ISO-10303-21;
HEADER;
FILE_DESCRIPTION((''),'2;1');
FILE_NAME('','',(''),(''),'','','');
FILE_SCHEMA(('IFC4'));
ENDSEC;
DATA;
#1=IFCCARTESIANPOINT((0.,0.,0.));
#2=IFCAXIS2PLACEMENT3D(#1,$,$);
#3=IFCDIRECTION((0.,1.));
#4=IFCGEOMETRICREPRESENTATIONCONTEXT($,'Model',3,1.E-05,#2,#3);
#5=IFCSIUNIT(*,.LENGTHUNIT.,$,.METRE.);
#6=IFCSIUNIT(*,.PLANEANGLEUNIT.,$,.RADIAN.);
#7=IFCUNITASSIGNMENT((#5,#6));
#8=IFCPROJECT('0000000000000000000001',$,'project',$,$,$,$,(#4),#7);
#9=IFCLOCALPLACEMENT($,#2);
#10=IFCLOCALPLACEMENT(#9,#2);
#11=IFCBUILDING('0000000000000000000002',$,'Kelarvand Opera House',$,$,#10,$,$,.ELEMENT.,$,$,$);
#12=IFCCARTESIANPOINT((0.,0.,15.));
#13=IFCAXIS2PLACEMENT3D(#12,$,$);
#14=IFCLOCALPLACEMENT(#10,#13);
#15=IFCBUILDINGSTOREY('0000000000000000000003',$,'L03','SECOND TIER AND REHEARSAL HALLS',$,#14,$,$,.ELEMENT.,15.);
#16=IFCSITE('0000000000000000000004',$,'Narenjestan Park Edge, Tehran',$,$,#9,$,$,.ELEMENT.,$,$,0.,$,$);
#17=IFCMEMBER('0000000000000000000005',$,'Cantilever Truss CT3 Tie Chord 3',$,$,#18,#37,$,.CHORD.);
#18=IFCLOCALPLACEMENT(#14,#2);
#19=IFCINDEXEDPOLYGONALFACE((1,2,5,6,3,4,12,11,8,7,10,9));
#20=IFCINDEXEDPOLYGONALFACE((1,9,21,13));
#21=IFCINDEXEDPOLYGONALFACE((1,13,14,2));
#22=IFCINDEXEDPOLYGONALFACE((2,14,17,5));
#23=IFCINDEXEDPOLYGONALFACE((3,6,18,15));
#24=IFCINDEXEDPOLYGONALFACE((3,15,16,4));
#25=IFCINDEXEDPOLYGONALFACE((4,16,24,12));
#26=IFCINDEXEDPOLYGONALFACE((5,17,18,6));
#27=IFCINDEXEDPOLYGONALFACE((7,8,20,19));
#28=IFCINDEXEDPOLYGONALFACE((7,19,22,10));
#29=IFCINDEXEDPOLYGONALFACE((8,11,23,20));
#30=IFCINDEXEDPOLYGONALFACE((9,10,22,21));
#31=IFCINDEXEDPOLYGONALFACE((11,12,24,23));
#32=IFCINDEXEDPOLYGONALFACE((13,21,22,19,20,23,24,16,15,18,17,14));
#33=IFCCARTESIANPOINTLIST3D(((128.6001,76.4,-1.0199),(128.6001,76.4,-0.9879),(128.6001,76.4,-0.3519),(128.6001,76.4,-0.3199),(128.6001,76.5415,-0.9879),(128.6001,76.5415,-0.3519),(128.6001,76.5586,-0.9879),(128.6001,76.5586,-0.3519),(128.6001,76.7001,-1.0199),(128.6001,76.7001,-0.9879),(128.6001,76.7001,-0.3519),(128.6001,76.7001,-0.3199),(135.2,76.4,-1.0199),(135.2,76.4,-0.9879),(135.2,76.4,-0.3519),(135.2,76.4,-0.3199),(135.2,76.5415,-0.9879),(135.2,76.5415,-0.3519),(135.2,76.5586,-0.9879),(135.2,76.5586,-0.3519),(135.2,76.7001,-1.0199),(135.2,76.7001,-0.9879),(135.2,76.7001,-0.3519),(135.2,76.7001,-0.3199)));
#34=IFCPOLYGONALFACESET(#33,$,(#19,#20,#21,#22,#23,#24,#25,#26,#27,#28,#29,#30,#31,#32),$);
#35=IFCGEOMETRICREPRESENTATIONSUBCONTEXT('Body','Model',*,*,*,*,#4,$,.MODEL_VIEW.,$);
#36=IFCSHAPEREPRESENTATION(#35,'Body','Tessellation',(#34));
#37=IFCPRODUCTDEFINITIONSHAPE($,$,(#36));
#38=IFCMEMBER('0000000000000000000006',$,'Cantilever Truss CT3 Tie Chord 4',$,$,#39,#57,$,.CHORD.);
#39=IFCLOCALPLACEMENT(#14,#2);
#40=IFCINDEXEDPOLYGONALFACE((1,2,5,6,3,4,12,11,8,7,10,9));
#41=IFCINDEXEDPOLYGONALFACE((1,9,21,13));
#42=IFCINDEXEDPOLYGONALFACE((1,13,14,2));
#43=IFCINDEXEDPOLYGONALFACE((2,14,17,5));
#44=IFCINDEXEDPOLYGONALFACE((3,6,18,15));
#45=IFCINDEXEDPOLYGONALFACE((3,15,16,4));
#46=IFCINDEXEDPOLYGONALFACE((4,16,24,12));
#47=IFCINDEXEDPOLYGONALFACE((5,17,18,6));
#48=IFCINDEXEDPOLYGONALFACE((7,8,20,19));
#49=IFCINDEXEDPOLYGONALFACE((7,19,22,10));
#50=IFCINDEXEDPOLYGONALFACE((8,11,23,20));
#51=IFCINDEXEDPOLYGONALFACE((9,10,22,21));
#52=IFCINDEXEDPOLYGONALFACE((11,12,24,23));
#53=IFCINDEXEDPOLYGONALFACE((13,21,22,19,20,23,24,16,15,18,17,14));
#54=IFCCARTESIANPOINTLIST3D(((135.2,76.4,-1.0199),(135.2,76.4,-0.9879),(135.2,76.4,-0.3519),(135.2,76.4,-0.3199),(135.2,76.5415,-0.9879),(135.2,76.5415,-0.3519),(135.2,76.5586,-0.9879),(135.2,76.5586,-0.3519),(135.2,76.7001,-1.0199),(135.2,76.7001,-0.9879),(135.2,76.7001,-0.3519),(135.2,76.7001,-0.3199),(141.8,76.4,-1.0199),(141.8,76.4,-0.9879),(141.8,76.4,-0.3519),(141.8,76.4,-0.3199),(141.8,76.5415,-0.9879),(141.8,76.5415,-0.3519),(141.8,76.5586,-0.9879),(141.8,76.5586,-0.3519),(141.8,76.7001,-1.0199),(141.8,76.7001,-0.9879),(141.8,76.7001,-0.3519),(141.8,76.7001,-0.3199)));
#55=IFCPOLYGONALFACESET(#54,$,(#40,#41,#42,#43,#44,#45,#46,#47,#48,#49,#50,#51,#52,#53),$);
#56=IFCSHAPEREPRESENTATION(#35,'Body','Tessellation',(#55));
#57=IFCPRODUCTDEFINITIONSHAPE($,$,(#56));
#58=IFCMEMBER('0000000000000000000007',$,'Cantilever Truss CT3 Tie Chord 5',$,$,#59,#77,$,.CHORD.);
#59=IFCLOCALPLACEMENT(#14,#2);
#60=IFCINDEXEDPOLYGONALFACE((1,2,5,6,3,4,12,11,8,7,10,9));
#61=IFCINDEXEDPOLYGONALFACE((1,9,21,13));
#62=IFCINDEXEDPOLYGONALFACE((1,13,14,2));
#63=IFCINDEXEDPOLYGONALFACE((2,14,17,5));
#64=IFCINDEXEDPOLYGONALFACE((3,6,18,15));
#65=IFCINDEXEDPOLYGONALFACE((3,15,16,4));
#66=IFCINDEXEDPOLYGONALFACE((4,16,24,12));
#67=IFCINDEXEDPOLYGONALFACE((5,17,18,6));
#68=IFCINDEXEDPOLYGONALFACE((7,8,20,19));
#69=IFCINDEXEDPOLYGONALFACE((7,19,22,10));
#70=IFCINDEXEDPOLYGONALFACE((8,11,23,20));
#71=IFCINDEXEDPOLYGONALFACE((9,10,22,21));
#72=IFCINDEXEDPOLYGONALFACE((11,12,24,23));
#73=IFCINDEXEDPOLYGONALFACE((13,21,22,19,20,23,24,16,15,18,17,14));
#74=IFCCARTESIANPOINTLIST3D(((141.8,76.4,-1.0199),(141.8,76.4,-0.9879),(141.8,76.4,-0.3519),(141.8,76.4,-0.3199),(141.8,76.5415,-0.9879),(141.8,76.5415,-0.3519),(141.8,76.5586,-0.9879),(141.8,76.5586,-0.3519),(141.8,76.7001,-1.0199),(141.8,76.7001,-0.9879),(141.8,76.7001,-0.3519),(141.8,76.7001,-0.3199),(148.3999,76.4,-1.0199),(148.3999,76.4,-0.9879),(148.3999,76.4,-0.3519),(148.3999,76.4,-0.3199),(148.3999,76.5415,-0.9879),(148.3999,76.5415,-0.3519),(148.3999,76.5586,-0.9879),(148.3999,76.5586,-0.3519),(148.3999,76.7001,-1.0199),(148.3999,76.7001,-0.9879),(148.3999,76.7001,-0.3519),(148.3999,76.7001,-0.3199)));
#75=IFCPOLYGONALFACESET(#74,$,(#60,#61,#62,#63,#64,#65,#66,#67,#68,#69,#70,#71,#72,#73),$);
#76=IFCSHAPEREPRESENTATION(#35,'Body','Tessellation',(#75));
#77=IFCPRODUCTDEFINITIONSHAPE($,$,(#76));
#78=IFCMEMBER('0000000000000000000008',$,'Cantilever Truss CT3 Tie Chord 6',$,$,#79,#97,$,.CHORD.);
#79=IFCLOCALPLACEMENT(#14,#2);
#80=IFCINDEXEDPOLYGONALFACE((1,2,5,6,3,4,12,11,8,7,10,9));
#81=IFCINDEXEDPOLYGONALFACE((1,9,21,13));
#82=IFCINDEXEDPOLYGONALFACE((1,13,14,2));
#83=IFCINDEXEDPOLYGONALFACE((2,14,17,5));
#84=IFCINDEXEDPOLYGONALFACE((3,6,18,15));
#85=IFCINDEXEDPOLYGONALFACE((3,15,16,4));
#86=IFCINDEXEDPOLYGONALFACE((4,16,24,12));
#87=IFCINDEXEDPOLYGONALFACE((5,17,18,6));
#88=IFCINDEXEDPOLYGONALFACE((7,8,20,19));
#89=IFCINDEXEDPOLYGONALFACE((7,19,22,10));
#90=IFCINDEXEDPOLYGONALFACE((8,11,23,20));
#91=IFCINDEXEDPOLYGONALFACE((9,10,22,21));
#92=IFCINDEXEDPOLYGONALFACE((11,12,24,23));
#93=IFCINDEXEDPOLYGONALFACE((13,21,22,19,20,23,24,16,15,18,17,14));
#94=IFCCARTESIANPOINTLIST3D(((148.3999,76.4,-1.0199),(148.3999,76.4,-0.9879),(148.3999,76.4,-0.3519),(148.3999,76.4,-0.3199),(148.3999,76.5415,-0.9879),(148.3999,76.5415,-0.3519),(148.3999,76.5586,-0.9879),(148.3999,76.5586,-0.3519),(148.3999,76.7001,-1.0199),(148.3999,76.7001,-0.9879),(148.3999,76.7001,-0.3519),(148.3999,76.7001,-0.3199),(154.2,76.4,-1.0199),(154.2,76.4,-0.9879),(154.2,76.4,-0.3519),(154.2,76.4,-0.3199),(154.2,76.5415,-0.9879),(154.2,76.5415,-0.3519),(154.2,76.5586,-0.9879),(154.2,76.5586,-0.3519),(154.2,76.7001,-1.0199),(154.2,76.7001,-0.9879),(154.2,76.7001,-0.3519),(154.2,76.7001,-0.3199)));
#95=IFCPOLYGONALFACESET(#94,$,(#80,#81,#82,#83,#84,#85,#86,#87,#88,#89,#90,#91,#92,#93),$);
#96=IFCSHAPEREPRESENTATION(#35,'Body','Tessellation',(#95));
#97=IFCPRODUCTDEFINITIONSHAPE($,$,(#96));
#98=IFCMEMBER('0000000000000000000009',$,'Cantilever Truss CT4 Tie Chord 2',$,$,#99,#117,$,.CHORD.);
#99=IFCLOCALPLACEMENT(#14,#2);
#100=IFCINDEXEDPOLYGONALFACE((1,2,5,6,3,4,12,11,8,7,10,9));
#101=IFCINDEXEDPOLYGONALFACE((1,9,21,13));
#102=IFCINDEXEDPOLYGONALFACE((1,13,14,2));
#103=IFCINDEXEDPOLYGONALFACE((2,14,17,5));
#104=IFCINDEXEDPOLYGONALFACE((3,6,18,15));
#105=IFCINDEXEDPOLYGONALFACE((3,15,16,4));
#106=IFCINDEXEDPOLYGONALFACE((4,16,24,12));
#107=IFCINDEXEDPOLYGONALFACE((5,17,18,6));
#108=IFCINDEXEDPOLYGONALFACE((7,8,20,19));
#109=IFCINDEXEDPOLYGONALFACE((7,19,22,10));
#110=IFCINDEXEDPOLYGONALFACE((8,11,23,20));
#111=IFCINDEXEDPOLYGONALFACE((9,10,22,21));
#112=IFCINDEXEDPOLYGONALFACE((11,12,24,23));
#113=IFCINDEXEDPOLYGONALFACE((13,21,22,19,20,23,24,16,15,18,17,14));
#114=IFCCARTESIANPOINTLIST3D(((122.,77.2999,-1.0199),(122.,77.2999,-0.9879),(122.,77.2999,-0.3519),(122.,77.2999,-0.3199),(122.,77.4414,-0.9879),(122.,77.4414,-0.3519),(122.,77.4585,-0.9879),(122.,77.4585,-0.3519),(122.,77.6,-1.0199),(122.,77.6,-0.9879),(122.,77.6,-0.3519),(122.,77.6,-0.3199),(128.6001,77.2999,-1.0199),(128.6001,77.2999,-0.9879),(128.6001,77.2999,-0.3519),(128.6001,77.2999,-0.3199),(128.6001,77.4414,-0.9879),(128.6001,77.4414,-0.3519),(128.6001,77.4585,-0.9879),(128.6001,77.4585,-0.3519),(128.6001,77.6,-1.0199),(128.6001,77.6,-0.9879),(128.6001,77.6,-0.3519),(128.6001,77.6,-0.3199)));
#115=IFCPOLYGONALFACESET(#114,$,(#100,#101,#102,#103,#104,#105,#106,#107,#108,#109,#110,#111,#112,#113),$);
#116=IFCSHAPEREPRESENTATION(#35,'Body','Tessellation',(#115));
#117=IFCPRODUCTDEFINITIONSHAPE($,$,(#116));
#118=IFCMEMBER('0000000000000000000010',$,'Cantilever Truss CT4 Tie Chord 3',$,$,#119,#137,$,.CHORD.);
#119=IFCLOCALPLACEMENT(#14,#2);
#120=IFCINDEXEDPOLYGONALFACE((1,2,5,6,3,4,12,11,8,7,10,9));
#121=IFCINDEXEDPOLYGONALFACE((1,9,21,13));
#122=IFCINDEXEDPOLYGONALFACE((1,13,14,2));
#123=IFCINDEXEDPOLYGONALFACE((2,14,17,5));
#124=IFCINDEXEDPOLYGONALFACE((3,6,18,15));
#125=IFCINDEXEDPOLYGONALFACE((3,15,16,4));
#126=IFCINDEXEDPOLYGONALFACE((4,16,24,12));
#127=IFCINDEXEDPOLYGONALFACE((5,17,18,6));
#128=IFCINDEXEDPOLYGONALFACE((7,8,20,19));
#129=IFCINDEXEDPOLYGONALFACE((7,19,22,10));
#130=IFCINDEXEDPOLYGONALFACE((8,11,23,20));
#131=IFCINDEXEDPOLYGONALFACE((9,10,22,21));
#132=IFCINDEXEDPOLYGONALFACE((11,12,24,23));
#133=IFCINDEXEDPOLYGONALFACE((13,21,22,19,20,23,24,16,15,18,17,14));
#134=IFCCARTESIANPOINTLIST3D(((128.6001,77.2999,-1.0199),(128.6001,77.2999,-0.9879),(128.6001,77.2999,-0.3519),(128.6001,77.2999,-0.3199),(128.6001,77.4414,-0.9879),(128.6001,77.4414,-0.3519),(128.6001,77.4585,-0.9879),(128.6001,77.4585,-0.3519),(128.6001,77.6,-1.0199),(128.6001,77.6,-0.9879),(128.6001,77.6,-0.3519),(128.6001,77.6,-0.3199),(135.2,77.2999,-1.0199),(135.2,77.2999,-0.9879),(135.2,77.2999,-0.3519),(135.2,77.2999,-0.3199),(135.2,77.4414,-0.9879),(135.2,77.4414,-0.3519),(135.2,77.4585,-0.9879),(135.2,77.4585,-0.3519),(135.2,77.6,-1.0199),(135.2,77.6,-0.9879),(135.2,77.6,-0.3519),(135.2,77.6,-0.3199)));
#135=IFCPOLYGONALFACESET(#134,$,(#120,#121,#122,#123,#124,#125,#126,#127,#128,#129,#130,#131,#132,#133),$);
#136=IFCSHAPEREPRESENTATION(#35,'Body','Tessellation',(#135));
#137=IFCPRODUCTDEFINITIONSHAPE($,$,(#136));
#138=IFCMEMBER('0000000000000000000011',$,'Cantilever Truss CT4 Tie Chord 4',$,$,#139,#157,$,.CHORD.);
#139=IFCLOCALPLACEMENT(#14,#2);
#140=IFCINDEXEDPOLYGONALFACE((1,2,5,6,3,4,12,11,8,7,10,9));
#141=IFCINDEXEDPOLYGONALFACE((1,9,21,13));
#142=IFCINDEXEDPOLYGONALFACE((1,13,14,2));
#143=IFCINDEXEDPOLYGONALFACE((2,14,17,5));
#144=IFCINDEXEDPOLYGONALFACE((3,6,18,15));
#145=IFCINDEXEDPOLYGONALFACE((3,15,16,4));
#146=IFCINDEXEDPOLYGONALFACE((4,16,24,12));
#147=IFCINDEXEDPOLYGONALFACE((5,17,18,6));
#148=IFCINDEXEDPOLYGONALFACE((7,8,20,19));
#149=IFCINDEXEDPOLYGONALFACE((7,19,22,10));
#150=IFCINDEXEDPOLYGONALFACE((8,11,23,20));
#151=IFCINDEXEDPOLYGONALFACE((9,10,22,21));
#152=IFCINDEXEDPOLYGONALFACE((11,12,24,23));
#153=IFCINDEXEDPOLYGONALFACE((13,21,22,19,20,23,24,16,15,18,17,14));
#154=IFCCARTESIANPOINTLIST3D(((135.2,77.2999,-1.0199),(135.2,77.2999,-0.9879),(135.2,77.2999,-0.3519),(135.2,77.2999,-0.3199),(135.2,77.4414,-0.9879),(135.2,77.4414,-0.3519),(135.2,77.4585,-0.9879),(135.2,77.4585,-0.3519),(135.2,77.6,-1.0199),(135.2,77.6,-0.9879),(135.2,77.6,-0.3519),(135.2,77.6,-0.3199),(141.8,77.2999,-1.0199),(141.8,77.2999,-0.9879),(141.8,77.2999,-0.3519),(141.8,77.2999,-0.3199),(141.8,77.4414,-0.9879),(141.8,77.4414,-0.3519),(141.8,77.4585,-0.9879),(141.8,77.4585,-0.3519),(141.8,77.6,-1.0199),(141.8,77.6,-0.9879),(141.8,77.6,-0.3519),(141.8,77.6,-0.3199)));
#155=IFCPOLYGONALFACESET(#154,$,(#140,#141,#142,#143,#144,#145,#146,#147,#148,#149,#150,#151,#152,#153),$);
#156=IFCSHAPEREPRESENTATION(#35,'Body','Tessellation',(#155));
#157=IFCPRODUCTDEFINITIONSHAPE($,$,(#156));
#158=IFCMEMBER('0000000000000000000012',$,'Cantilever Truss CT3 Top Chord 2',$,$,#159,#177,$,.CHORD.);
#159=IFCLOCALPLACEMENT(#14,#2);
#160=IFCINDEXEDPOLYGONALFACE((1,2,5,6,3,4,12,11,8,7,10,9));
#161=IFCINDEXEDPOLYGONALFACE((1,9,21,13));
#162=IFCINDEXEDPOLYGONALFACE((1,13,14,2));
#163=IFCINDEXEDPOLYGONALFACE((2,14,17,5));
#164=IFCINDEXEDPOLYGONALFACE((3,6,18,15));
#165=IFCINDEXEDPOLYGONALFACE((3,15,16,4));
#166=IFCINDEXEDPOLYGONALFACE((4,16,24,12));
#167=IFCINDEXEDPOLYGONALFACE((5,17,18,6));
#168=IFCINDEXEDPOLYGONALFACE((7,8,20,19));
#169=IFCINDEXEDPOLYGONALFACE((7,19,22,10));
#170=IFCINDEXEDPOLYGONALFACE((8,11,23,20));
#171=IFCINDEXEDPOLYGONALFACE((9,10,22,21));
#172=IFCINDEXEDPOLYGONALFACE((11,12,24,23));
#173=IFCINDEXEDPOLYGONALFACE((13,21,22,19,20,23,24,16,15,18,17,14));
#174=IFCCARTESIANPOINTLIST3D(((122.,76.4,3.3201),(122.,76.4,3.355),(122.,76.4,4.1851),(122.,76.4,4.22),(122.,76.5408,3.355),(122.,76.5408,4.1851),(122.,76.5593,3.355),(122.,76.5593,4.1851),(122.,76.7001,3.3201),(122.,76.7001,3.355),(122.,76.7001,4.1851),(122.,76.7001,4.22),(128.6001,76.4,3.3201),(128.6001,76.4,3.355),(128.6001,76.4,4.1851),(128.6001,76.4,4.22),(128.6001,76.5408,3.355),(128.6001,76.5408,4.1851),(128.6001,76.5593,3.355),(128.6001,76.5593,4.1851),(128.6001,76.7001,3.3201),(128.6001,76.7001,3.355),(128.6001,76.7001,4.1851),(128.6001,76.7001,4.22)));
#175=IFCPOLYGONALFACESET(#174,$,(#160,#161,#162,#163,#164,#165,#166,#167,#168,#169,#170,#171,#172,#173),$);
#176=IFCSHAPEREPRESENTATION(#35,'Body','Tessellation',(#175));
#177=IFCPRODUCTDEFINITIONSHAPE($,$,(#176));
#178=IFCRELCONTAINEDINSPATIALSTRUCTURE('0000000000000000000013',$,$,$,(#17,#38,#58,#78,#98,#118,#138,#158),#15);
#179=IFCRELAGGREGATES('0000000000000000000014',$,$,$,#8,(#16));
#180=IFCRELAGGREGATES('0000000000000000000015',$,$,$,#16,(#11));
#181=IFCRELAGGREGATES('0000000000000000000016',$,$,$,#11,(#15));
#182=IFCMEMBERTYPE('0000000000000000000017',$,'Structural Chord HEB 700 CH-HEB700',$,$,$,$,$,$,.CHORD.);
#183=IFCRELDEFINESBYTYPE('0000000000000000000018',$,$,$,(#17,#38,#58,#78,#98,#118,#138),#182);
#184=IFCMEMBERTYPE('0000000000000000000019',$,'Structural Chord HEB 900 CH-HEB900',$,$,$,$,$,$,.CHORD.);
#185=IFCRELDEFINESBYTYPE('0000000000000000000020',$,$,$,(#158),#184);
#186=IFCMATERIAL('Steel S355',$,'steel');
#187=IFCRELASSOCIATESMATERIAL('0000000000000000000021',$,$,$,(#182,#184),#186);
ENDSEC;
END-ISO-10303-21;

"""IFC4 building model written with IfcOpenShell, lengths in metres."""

from ifc_helpers import new_model, si_unit, direction, frame, origin, origin_2d, place, context, subcontext, project, spatial, i_section, extrude, material, material_profile, profile_set, type_object, element, save


model = new_model("IFC4")

# Units and contexts
model_context = context("Model", 3, precision=1e-05, world=origin(), true_north=direction((0.0, 1.0)))
body_context = subcontext(model_context, "Body", "Model", "MODEL_VIEW")
ifc_project = project(units=[si_unit("LENGTHUNIT", "METRE"), si_unit("PLANEANGLEUNIT", "RADIAN")], contexts=[model_context])

# Site, building, storey
site_placement = place(None, origin())
site = spatial("IfcSite", under=ifc_project, at=site_placement, Name="Narenjestan Park Edge, Tehran", CompositionType="ELEMENT", RefElevation=0.0)
building_placement = place(site_placement, origin())
building = spatial("IfcBuilding", under=site, at=building_placement, Name="Kelarvand Opera House", CompositionType="ELEMENT")
storey_placement = place(building_placement, frame((0.0, 0.0, 15.0)))
storey = spatial("IfcBuildingStorey", under=building, at=storey_placement, Name="L03", Description="SECOND TIER AND REHEARSAL HALLS", CompositionType="ELEMENT", Elevation=15.0)

# Members
ifc_material = material(Name="Steel S355", Category="steel")
ifc_material_profile_1 = material_profile(ifc_material, i_section(OverallWidth=0.3, OverallDepth=0.7, WebThickness=0.0171, FlangeThickness=0.032, at=origin_2d()), Name="HEB 700", Category="steel")
ifc_profile_set_1 = profile_set([ifc_material_profile_1], Name="Steel S355")
member_type_1 = type_object("IfcMemberType", Name="Structural Chord HEB 700 CH-HEB700", PredefinedType="CHORD", material=ifc_profile_set_1)
member_1_placement = place(storey_placement, frame((128.6001, 76.55, -0.6699), z_axis=(1.0, 0.0, 0.0), x_axis=(0.0, 1.0, 0.0)))
element("IfcMember", 1, at=member_1_placement, inside=storey, type_object=member_type_1, Name="Cantilever Truss CT3 Tie Chord 3", PredefinedType="CHORD", context=body_context, shape_type="SweptSolid", body=[
    extrude(i_section(OverallWidth=0.3, OverallDepth=0.7, WebThickness=0.0171, FlangeThickness=0.032, at=origin_2d()), origin(), (0.0, 0.0, 1.0), 6.5999),
])
member_2_placement = place(storey_placement, frame((135.2, 76.55, -0.6699), z_axis=(1.0, 0.0, 0.0), x_axis=(0.0, 1.0, 0.0)))
element("IfcMember", 2, at=member_2_placement, inside=storey, type_object=member_type_1, Name="Cantilever Truss CT3 Tie Chord 4", PredefinedType="CHORD", context=body_context, shape_type="SweptSolid", body=[
    extrude(i_section(OverallWidth=0.3, OverallDepth=0.7, WebThickness=0.0171, FlangeThickness=0.032, at=origin_2d()), origin(), (0.0, 0.0, 1.0), 6.6001),
])
member_3_placement = place(storey_placement, frame((141.8, 76.55, -0.6699), z_axis=(1.0, 0.0, 0.0), x_axis=(0.0, 1.0, 0.0)))
element("IfcMember", 3, at=member_3_placement, inside=storey, type_object=member_type_1, Name="Cantilever Truss CT3 Tie Chord 5", PredefinedType="CHORD", context=body_context, shape_type="SweptSolid", body=[
    extrude(i_section(OverallWidth=0.3, OverallDepth=0.7, WebThickness=0.0171, FlangeThickness=0.032, at=origin_2d()), origin(), (0.0, 0.0, 1.0), 6.5999),
])
member_4_placement = place(storey_placement, frame((148.3999, 76.55, -0.6699), z_axis=(1.0, 0.0, 0.0), x_axis=(0.0, 1.0, 0.0)))
element("IfcMember", 4, at=member_4_placement, inside=storey, type_object=member_type_1, Name="Cantilever Truss CT3 Tie Chord 6", PredefinedType="CHORD", context=body_context, shape_type="SweptSolid", body=[
    extrude(i_section(OverallWidth=0.3, OverallDepth=0.7, WebThickness=0.0171, FlangeThickness=0.032, at=origin_2d()), origin(), (0.0, 0.0, 1.0), 5.8),
])
member_5_placement = place(storey_placement, frame((122.0, 77.45, -0.6699), z_axis=(1.0, 0.0, 0.0), x_axis=(0.0, 1.0, 0.0)))
element("IfcMember", 5, at=member_5_placement, inside=storey, type_object=member_type_1, Name="Cantilever Truss CT4 Tie Chord 2", PredefinedType="CHORD", context=body_context, shape_type="SweptSolid", body=[
    extrude(i_section(OverallWidth=0.3, OverallDepth=0.7, WebThickness=0.0171, FlangeThickness=0.032, at=origin_2d()), origin(), (0.0, 0.0, 1.0), 6.6001),
])
member_6_placement = place(storey_placement, frame((128.6001, 77.45, -0.6699), z_axis=(1.0, 0.0, 0.0), x_axis=(0.0, 1.0, 0.0)))
element("IfcMember", 6, at=member_6_placement, inside=storey, type_object=member_type_1, Name="Cantilever Truss CT4 Tie Chord 3", PredefinedType="CHORD", context=body_context, shape_type="SweptSolid", body=[
    extrude(i_section(OverallWidth=0.3, OverallDepth=0.7, WebThickness=0.0171, FlangeThickness=0.032, at=origin_2d()), origin(), (0.0, 0.0, 1.0), 6.5999),
])
member_7_placement = place(storey_placement, frame((135.2, 77.45, -0.6699), z_axis=(1.0, 0.0, 0.0), x_axis=(0.0, 1.0, 0.0)))
element("IfcMember", 7, at=member_7_placement, inside=storey, type_object=member_type_1, Name="Cantilever Truss CT4 Tie Chord 4", PredefinedType="CHORD", context=body_context, shape_type="SweptSolid", body=[
    extrude(i_section(OverallWidth=0.3, OverallDepth=0.7, WebThickness=0.0171, FlangeThickness=0.032, at=origin_2d()), origin(), (0.0, 0.0, 1.0), 6.6001),
])
ifc_material_profile_2 = material_profile(ifc_material, i_section(OverallWidth=0.3, OverallDepth=0.8999, WebThickness=0.0186, FlangeThickness=0.0349, at=origin_2d()), Name="HEB 900", Category="steel")
ifc_profile_set_2 = profile_set([ifc_material_profile_2], Name="Steel S355")
member_type_2 = type_object("IfcMemberType", Name="Structural Chord HEB 900 CH-HEB900", PredefinedType="CHORD", material=ifc_profile_set_2)
member_8_placement = place(storey_placement, frame((122.0, 76.55, 3.77), z_axis=(1.0, 0.0, 0.0), x_axis=(0.0, 1.0, 0.0)))
element("IfcMember", 8, at=member_8_placement, inside=storey, type_object=member_type_2, Name="Cantilever Truss CT3 Top Chord 2", PredefinedType="CHORD", context=body_context, shape_type="SweptSolid", body=[
    extrude(i_section(OverallWidth=0.3, OverallDepth=0.8999, WebThickness=0.0186, FlangeThickness=0.0349, at=origin_2d()), origin(), (0.0, 0.0, 1.0), 6.6001),
])

save(model, "model.ifc")
